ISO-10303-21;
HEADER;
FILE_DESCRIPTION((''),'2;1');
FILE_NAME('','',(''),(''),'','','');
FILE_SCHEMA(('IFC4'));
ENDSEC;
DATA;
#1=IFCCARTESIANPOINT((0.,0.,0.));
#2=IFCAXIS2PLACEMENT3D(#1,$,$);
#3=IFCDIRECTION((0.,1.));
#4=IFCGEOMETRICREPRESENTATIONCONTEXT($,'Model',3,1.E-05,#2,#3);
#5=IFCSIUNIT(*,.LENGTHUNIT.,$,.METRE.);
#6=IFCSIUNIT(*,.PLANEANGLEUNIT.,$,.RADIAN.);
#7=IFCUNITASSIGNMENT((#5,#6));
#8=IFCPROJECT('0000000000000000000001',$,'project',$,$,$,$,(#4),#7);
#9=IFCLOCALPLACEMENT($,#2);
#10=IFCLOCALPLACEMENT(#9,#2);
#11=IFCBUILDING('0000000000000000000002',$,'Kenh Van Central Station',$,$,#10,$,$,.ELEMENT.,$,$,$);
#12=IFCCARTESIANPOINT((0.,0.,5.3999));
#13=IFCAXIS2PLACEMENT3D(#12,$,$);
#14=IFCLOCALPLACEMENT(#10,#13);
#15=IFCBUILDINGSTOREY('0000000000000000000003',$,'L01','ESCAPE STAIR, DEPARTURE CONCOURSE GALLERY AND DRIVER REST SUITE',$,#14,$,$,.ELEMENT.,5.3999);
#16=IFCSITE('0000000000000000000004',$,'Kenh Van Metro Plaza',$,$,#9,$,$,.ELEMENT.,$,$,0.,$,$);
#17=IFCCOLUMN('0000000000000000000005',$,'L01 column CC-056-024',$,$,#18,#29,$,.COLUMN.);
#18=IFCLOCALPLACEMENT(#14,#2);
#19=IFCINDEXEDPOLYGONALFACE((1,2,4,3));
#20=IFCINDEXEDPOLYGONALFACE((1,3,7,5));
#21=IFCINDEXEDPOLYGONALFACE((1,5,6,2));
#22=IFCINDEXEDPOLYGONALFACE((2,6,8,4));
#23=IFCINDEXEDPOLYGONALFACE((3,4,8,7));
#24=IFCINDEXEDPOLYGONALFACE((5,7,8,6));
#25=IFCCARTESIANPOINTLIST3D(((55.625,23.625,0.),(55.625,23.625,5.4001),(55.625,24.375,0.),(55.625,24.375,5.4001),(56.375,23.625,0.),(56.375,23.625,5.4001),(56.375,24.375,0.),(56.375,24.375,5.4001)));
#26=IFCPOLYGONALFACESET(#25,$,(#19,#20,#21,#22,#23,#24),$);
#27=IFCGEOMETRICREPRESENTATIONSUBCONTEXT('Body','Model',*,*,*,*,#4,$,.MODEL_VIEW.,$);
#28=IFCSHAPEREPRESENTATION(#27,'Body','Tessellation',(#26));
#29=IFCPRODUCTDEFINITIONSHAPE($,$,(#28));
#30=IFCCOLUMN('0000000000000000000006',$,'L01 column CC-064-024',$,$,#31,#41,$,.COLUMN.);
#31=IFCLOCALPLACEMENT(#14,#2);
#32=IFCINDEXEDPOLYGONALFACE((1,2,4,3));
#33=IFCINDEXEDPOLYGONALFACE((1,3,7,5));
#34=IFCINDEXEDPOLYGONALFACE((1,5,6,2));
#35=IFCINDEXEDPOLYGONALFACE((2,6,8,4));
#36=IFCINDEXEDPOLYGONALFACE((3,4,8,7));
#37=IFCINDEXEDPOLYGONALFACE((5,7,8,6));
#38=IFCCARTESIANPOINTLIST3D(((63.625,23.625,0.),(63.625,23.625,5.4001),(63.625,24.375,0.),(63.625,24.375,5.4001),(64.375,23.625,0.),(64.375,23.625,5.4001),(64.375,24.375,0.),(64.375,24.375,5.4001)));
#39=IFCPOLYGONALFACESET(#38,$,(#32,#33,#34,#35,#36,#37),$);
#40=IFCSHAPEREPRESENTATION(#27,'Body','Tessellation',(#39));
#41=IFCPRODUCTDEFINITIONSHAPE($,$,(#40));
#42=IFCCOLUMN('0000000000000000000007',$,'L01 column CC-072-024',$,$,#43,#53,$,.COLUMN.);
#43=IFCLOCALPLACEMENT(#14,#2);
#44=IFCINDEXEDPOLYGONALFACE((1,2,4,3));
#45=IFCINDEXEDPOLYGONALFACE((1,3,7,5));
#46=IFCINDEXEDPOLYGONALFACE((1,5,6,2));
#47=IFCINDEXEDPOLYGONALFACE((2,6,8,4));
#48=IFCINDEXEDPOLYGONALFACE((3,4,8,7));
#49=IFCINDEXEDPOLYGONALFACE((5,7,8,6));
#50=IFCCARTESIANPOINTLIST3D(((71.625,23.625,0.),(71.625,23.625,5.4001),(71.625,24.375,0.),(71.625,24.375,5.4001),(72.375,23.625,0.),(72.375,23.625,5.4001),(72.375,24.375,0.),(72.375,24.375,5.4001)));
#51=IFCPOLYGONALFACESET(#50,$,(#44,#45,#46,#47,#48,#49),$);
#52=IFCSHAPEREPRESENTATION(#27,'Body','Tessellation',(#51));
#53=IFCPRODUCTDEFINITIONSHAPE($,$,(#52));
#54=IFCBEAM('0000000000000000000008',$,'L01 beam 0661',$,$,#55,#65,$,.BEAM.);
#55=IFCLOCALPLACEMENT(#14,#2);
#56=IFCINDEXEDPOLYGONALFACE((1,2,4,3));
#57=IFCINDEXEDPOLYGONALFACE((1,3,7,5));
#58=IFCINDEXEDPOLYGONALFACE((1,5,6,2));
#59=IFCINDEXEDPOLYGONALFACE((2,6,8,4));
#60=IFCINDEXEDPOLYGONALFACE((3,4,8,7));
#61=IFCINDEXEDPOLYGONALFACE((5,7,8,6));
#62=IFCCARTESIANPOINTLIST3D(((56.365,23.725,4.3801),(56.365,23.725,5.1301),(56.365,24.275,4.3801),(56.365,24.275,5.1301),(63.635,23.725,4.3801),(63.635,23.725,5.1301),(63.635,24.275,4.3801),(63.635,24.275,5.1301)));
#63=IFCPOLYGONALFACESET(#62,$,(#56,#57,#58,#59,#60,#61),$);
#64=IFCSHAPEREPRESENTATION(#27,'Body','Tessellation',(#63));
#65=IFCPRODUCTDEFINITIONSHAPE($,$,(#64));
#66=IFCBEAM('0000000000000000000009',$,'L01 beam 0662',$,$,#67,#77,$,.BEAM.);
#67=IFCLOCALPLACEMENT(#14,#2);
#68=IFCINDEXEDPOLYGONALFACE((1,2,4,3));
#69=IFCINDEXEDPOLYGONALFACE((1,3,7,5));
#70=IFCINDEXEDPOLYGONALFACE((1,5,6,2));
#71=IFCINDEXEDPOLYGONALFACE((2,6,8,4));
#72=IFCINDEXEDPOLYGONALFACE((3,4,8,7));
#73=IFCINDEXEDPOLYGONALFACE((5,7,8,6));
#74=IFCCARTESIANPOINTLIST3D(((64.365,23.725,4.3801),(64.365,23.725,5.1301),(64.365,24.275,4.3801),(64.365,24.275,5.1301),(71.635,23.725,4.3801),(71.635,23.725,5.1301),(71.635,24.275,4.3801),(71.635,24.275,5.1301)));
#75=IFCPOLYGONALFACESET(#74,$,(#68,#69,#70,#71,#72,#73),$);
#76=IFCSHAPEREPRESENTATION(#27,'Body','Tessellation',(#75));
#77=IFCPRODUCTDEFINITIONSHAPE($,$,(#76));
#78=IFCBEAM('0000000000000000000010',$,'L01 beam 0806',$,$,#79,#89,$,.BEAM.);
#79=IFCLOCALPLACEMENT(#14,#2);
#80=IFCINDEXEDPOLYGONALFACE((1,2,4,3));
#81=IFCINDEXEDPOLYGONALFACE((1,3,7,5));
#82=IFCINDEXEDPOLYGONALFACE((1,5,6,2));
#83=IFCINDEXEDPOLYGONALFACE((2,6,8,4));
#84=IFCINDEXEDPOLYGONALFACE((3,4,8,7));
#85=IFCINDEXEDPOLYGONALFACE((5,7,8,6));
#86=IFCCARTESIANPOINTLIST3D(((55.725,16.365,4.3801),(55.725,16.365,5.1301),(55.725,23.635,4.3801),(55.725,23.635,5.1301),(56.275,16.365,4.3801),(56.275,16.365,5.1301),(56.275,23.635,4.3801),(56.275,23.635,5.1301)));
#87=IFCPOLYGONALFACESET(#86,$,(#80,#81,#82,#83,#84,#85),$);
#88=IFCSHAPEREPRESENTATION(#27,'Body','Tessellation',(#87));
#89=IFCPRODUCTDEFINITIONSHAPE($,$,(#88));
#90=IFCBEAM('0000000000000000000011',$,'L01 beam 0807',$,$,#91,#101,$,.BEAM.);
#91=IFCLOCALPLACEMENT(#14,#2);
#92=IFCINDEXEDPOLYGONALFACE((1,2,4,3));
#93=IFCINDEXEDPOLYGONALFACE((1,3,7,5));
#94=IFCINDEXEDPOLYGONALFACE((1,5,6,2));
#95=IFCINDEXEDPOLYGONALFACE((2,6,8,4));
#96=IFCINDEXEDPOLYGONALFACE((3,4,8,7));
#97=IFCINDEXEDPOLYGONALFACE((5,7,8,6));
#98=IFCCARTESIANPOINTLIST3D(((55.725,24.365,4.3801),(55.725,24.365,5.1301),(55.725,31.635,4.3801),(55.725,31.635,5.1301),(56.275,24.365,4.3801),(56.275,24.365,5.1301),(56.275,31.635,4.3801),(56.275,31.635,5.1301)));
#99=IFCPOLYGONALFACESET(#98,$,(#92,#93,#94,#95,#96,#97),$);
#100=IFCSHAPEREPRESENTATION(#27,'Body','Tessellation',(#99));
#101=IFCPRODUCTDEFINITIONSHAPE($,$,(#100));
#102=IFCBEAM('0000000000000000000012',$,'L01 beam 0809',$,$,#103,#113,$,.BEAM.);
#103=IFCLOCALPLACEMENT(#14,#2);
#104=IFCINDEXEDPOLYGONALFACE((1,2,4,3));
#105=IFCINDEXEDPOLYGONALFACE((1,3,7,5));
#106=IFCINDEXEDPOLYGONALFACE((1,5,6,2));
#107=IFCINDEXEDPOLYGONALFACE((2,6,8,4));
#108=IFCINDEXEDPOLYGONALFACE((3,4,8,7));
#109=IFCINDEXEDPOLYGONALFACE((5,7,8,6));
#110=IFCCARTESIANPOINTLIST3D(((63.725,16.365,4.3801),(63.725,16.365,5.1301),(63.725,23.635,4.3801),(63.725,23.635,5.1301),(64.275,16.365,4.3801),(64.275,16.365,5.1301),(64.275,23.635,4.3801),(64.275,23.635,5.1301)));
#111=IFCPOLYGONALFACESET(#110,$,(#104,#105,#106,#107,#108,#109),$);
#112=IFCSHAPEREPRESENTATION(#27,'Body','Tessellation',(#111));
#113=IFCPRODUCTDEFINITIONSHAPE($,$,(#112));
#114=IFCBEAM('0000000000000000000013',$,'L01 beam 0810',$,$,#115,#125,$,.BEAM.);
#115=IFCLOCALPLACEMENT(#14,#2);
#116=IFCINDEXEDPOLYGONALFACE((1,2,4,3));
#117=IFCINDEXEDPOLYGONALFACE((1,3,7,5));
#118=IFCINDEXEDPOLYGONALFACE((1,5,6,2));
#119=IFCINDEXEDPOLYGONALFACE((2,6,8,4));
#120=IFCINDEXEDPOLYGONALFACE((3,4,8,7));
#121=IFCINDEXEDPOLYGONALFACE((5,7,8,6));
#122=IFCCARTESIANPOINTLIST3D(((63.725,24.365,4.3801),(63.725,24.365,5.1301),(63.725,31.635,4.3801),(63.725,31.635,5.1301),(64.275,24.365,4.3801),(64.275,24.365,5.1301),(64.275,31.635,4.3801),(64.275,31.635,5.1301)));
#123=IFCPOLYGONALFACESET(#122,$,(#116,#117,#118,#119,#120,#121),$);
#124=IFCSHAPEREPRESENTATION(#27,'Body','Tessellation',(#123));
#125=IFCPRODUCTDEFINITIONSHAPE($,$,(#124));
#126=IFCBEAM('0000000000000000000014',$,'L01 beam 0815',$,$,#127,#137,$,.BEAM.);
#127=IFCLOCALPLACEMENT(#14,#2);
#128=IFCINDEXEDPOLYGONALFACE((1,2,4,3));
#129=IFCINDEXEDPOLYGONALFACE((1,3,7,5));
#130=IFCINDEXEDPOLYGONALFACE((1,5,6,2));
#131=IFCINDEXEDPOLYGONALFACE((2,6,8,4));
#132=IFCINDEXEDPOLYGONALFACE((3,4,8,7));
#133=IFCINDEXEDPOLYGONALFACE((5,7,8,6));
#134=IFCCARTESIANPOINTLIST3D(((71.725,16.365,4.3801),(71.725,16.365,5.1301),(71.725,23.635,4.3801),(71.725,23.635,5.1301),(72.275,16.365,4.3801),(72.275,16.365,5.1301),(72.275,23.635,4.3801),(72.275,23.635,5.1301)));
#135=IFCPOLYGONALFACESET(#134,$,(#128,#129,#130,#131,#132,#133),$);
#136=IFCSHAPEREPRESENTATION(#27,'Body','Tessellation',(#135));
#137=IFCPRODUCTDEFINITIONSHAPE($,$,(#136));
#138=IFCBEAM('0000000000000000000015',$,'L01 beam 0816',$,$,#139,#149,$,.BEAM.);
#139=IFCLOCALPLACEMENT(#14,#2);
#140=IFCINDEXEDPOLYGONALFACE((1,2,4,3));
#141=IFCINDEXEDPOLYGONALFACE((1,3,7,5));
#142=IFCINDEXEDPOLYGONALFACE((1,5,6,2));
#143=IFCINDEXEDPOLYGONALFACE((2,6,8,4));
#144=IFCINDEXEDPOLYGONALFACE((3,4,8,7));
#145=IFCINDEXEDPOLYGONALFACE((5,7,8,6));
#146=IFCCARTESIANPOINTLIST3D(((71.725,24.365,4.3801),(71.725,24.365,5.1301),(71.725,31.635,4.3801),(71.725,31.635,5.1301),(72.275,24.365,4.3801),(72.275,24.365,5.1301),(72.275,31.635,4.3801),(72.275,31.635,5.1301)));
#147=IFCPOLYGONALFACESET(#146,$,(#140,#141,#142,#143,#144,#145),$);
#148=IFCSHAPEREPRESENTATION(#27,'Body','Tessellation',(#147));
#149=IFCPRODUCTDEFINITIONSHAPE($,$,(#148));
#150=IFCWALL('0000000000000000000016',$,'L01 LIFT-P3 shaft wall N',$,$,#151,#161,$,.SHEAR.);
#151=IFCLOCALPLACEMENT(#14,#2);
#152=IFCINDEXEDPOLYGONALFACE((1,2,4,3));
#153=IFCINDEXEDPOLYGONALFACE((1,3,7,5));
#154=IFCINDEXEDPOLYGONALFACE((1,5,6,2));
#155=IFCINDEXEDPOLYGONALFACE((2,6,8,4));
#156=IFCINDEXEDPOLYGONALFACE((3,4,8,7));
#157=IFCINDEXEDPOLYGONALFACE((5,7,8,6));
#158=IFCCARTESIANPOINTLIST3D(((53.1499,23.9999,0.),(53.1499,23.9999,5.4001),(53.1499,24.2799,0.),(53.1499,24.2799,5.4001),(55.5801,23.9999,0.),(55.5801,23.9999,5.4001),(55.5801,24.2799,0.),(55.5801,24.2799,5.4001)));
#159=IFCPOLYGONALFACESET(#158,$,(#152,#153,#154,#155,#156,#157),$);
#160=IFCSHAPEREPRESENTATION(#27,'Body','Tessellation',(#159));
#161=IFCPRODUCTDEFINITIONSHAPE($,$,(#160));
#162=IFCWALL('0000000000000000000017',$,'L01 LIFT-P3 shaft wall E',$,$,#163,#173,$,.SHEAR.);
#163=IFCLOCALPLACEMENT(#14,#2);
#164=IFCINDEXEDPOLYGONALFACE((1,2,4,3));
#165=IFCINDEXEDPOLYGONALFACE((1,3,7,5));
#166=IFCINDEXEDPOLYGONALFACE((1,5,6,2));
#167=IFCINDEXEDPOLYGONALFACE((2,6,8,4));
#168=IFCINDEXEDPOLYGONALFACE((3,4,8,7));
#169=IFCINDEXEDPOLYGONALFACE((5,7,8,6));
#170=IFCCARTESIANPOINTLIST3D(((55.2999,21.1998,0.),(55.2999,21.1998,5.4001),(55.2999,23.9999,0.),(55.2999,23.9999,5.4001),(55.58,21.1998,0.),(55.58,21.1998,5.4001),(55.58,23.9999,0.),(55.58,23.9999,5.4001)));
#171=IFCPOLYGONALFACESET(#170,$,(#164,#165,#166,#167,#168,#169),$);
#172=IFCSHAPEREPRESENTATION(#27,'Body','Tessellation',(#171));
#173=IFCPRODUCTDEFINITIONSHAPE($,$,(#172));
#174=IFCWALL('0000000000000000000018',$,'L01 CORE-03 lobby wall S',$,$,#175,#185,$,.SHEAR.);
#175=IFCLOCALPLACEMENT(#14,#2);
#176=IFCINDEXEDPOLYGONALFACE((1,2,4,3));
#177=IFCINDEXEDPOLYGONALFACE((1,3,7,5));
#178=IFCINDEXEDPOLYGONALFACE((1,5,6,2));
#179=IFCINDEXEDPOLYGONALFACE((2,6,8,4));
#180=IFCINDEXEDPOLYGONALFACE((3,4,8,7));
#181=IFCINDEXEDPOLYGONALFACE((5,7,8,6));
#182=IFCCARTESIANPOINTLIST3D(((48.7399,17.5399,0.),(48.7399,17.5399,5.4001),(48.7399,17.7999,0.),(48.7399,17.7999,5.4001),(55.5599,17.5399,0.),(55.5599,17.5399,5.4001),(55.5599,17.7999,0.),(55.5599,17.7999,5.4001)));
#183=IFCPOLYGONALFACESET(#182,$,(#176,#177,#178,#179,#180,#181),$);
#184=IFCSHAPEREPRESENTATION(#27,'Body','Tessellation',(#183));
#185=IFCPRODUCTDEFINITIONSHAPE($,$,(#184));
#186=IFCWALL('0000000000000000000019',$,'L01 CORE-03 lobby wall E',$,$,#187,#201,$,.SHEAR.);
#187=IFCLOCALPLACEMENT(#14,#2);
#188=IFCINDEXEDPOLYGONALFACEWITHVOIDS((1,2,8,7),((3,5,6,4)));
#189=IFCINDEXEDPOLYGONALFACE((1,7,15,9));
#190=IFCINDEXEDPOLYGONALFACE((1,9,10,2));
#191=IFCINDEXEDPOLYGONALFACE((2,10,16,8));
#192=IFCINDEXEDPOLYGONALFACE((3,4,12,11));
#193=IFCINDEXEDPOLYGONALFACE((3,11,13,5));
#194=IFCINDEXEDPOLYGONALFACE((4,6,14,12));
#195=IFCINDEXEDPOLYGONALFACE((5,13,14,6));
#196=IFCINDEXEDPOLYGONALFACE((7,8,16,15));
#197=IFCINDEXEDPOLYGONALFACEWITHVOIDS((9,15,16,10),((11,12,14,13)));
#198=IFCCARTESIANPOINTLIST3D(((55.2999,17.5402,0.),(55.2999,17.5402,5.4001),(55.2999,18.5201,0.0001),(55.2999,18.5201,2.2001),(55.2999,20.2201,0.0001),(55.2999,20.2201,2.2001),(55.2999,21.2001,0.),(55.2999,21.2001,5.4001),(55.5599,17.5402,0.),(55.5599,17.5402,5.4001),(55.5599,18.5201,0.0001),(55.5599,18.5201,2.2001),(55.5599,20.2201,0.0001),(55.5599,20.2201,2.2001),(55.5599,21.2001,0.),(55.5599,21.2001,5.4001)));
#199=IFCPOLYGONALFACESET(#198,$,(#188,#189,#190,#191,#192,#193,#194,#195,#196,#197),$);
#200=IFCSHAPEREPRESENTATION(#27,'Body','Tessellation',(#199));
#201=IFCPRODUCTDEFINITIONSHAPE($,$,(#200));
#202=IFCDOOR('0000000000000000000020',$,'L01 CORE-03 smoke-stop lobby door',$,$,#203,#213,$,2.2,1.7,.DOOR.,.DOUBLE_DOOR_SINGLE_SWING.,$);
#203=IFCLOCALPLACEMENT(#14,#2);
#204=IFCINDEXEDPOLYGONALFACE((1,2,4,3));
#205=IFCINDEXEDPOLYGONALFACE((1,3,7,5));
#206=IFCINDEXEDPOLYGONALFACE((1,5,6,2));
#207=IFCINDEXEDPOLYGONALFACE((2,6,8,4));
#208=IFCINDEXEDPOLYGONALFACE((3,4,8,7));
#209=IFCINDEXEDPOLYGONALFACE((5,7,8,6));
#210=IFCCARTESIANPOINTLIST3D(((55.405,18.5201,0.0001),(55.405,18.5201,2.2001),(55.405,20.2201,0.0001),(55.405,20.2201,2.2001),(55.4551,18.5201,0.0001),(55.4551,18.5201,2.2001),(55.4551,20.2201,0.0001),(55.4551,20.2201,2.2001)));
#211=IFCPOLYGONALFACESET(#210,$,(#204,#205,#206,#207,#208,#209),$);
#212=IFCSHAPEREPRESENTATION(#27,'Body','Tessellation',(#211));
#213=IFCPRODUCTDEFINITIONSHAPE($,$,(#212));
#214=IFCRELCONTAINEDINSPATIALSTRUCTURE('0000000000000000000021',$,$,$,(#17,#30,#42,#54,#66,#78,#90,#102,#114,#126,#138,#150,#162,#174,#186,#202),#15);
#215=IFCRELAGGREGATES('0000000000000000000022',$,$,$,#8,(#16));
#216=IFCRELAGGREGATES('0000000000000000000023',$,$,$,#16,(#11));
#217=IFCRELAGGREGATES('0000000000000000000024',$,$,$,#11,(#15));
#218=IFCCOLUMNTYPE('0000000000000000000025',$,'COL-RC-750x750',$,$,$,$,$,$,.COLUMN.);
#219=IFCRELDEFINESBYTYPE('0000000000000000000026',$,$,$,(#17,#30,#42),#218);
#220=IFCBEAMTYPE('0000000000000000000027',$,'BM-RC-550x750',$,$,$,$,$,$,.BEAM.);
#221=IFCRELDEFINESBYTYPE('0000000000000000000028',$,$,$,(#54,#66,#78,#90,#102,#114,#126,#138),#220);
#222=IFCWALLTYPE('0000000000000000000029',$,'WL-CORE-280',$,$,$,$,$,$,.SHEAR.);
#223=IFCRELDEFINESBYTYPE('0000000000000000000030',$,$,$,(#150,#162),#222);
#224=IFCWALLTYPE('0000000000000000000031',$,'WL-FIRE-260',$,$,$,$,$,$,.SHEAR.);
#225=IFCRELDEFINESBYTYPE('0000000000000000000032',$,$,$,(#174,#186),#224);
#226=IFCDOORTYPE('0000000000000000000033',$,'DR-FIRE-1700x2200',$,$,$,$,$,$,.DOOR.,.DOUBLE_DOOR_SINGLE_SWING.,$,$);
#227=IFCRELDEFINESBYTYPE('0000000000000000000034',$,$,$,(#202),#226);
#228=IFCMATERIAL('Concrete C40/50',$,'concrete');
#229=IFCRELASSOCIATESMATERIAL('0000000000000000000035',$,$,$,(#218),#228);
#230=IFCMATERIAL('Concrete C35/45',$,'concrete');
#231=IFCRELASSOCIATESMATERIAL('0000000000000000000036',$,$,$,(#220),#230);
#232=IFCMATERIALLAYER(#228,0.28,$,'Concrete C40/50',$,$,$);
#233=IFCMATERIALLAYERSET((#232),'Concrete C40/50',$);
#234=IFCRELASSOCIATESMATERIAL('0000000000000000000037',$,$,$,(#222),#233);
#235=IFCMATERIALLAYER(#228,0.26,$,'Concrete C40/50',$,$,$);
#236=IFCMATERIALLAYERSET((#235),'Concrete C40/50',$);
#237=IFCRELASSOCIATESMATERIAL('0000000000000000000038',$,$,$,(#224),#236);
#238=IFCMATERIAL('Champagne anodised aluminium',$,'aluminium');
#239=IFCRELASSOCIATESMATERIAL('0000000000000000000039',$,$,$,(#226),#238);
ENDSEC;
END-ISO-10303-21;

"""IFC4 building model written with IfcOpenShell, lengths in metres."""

from ifc_helpers import new_model, si_unit, direction, frame, frame_2d, origin, origin_2d, place, context, subcontext, project, spatial, rectangle, extrude, material, layer, layer_set, material_profile, profile_set, type_object, element, fill, save


model = new_model("IFC4")

# Units and contexts
model_context = context("Model", 3, precision=1e-05, world=origin(), true_north=direction((0.0, 1.0)))
body_context = subcontext(model_context, "Body", "Model", "MODEL_VIEW")
ifc_project = project(units=[si_unit("LENGTHUNIT", "METRE"), si_unit("PLANEANGLEUNIT", "RADIAN")], contexts=[model_context])

# Site, building, storey
site_placement = place(None, origin())
site = spatial("IfcSite", under=ifc_project, at=site_placement, Name="Kenh Van Metro Plaza", CompositionType="ELEMENT", RefElevation=0.0)
building_placement = place(site_placement, origin())
building = spatial("IfcBuilding", under=site, at=building_placement, Name="Kenh Van Central Station", CompositionType="ELEMENT")
storey_placement = place(building_placement, frame((0.0, 0.0, 5.3999)))
storey = spatial("IfcBuildingStorey", under=building, at=storey_placement, Name="L01", Description="ESCAPE STAIR, DEPARTURE CONCOURSE GALLERY AND DRIVER REST SUITE", CompositionType="ELEMENT", Elevation=5.3999)

# Columns
ifc_material_1 = material(Name="Concrete C40/50", Category="concrete")
ifc_material_profile_1 = material_profile(ifc_material_1, rectangle(XDim=0.75, YDim=0.75, at=origin_2d()), Name="RC 750x750")
ifc_profile_set_1 = profile_set([ifc_material_profile_1], Name="Concrete C40/50")
column_type = type_object("IfcColumnType", Name="COL-RC-750x750", PredefinedType="COLUMN", material=ifc_profile_set_1)
for number, where, z_axis, x_axis, name in (
    (1, (56.0, 24.0, 0.0), (0.0, 0.0, 1.0), (1.0, 0.0, 0.0), "L01 column CC-056-024"),
    (2, (64.0, 24.0, 0.0), (0.0, 0.0, 1.0), (1.0, 0.0, 0.0), "L01 column CC-064-024"),
    (3, (72.0, 24.0, 0.0), (0.0, 0.0, 1.0), (1.0, 0.0, 0.0), "L01 column CC-072-024"),
):
    element("IfcColumn", number, at=place(storey_placement, frame(where, z_axis=z_axis, x_axis=x_axis)), inside=storey, type_object=column_type, Name=name, PredefinedType="COLUMN", context=body_context, shape_type="SweptSolid", body=[
        extrude(rectangle(XDim=0.75, YDim=0.75, at=origin_2d()), origin(), (0.0, 0.0, 1.0), 5.4001),
    ])

# Beams
ifc_material_2 = material(Name="Concrete C35/45", Category="concrete")
ifc_material_profile_2 = material_profile(ifc_material_2, rectangle(XDim=0.55, YDim=0.75, at=origin_2d()), Name="RC 550x750")
ifc_profile_set_2 = profile_set([ifc_material_profile_2], Name="Concrete C35/45")
beam_type = type_object("IfcBeamType", Name="BM-RC-550x750", PredefinedType="BEAM", material=ifc_profile_set_2)
for number, where, z_axis, x_axis, name in (
    (4, (56.365, 24.0, 4.7551), (1.0, 0.0, 0.0), (0.0, 1.0, 0.0), "L01 beam 0661"),
    (5, (64.365, 24.0, 4.7551), (1.0, 0.0, 0.0), (0.0, 1.0, 0.0), "L01 beam 0662"),
    (6, (56.0, 16.365, 4.7551), (0.0, 1.0, 0.0), (-1.0, 0.0, 0.0), "L01 beam 0806"),
    (7, (56.0, 24.365, 4.7551), (0.0, 1.0, 0.0), (-1.0, 0.0, 0.0), "L01 beam 0807"),
    (8, (64.0, 16.365, 4.7551), (0.0, 1.0, 0.0), (-1.0, 0.0, 0.0), "L01 beam 0809"),
    (9, (64.0, 24.365, 4.7551), (0.0, 1.0, 0.0), (-1.0, 0.0, 0.0), "L01 beam 0810"),
    (10, (72.0, 16.365, 4.7551), (0.0, 1.0, 0.0), (-1.0, 0.0, 0.0), "L01 beam 0815"),
    (11, (72.0, 24.365, 4.7551), (0.0, 1.0, 0.0), (-1.0, 0.0, 0.0), "L01 beam 0816"),
):
    element("IfcBeam", number, at=place(storey_placement, frame(where, z_axis=z_axis, x_axis=x_axis)), inside=storey, type_object=beam_type, Name=name, PredefinedType="BEAM", context=body_context, shape_type="SweptSolid", body=[
        extrude(rectangle(XDim=0.55, YDim=0.75, at=origin_2d()), origin(), (0.0, 0.0, 1.0), 7.27),
    ])

# Walls
ifc_layer_1 = layer(ifc_material_1, 0.28, Name="Concrete C40/50")
ifc_layer_set_1 = layer_set([ifc_layer_1], Name="Concrete C40/50")
wall_type_1 = type_object("IfcWallType", Name="WL-CORE-280", PredefinedType="SHEAR", material=ifc_layer_set_1)
wall_1_placement = place(storey_placement, frame((53.1499, 24.1399, 0.0), z_axis=(0.0, 0.0, 1.0), x_axis=(1.0, 0.0, 0.0)))
element("IfcWall", 12, at=wall_1_placement, inside=storey, type_object=wall_type_1, Name="L01 LIFT-P3 shaft wall N", PredefinedType="SHEAR", context=body_context, shape_type="SweptSolid", body=[
    extrude(rectangle(XDim=2.4302, YDim=0.28, at=frame_2d((1.2151, 0.0))), origin(), (0.0, 0.0, 1.0), 5.4001),
])
wall_2_placement = place(storey_placement, frame((55.4399, 21.2, 0.0), z_axis=(0.0, 0.0, 1.0), x_axis=(0.0, 1.0, 0.0)))
element("IfcWall", 13, at=wall_2_placement, inside=storey, type_object=wall_type_1, Name="L01 LIFT-P3 shaft wall E", PredefinedType="SHEAR", context=body_context, shape_type="SweptSolid", body=[
    extrude(rectangle(XDim=2.8, YDim=0.28, at=frame_2d((1.3999, 0.0))), origin(), (0.0, 0.0, 1.0), 5.4001),
])
ifc_layer_2 = layer(ifc_material_1, 0.26, Name="Concrete C40/50")
ifc_layer_set_2 = layer_set([ifc_layer_2], Name="Concrete C40/50")
wall_type_2 = type_object("IfcWallType", Name="WL-FIRE-260", PredefinedType="SHEAR", material=ifc_layer_set_2)
wall_3_placement = place(storey_placement, frame((55.5601, 17.6699, 0.0), z_axis=(0.0, 0.0, 1.0), x_axis=(-1.0, 0.0, 0.0)))
element("IfcWall", 14, at=wall_3_placement, inside=storey, type_object=wall_type_2, Name="L01 CORE-03 lobby wall S", PredefinedType="SHEAR", context=body_context, shape_type="SweptSolid", body=[
    extrude(rectangle(XDim=6.8201, YDim=0.26, at=frame_2d((3.4102, 0.0))), origin(), (0.0, 0.0, 1.0), 5.4001),
])

# Wall, opening, door
wall_4_placement = place(storey_placement, frame((55.4299, 17.54, 0.0), z_axis=(0.0, 0.0, 1.0), x_axis=(0.0, 1.0, 0.0)))
wall_4 = element("IfcWall", 15, at=wall_4_placement, inside=storey, type_object=wall_type_2, Name="L01 CORE-03 lobby wall E", PredefinedType="SHEAR", context=body_context, shape_type="SweptSolid", body=[
    extrude(rectangle(XDim=3.6599, YDim=0.26, at=frame_2d((1.8301, 0.0))), origin(), (0.0, 0.0, 1.0), 5.4001),
])
opening_1_placement = place(wall_4_placement, frame((0.98, 0.0, 0.0)))
opening_1 = element("IfcOpeningElement", 16, at=opening_1_placement, cuts=wall_4, PredefinedType="OPENING", context=body_context, shape_type="SweptSolid", body=[
    extrude(rectangle(XDim=1.7, YDim=2.2, at=frame_2d((0.8501, 1.1001))), frame((0.0, 0.1399, 0.0), z_axis=(0.0, -1.0, 0.0), x_axis=(1.0, 0.0, 0.0)), (0.0, 0.0, 1.0), 0.28),
])
ifc_material_3 = material(Name="Champagne anodised aluminium", Category="aluminium")
door_type_1 = type_object("IfcDoorType", Name="DR-FIRE-1700x2200", OperationType="DOUBLE_DOOR_SINGLE_SWING", PredefinedType="DOOR", material=ifc_material_3)
door_1_placement = place(opening_1_placement, origin())
door_1 = element("IfcDoor", 17, at=door_1_placement, inside=storey, type_object=door_type_1, Name="L01 CORE-03 smoke-stop lobby door", OperationType="DOUBLE_DOOR_SINGLE_SWING", OverallHeight=2.2, OverallWidth=1.7, PredefinedType="DOOR", context=body_context, shape_type="SweptSolid", body=[
    extrude(rectangle(XDim=1.7, YDim=2.2, at=frame_2d((0.8501, 1.1001))), frame((0.0, 0.0249, 0.0), z_axis=(0.0, -1.0, 0.0), x_axis=(1.0, 0.0, 0.0)), (0.0, 0.0, 1.0), 0.05),
])
fill(opening_1, door_1)

save(model, "model.ifc")
